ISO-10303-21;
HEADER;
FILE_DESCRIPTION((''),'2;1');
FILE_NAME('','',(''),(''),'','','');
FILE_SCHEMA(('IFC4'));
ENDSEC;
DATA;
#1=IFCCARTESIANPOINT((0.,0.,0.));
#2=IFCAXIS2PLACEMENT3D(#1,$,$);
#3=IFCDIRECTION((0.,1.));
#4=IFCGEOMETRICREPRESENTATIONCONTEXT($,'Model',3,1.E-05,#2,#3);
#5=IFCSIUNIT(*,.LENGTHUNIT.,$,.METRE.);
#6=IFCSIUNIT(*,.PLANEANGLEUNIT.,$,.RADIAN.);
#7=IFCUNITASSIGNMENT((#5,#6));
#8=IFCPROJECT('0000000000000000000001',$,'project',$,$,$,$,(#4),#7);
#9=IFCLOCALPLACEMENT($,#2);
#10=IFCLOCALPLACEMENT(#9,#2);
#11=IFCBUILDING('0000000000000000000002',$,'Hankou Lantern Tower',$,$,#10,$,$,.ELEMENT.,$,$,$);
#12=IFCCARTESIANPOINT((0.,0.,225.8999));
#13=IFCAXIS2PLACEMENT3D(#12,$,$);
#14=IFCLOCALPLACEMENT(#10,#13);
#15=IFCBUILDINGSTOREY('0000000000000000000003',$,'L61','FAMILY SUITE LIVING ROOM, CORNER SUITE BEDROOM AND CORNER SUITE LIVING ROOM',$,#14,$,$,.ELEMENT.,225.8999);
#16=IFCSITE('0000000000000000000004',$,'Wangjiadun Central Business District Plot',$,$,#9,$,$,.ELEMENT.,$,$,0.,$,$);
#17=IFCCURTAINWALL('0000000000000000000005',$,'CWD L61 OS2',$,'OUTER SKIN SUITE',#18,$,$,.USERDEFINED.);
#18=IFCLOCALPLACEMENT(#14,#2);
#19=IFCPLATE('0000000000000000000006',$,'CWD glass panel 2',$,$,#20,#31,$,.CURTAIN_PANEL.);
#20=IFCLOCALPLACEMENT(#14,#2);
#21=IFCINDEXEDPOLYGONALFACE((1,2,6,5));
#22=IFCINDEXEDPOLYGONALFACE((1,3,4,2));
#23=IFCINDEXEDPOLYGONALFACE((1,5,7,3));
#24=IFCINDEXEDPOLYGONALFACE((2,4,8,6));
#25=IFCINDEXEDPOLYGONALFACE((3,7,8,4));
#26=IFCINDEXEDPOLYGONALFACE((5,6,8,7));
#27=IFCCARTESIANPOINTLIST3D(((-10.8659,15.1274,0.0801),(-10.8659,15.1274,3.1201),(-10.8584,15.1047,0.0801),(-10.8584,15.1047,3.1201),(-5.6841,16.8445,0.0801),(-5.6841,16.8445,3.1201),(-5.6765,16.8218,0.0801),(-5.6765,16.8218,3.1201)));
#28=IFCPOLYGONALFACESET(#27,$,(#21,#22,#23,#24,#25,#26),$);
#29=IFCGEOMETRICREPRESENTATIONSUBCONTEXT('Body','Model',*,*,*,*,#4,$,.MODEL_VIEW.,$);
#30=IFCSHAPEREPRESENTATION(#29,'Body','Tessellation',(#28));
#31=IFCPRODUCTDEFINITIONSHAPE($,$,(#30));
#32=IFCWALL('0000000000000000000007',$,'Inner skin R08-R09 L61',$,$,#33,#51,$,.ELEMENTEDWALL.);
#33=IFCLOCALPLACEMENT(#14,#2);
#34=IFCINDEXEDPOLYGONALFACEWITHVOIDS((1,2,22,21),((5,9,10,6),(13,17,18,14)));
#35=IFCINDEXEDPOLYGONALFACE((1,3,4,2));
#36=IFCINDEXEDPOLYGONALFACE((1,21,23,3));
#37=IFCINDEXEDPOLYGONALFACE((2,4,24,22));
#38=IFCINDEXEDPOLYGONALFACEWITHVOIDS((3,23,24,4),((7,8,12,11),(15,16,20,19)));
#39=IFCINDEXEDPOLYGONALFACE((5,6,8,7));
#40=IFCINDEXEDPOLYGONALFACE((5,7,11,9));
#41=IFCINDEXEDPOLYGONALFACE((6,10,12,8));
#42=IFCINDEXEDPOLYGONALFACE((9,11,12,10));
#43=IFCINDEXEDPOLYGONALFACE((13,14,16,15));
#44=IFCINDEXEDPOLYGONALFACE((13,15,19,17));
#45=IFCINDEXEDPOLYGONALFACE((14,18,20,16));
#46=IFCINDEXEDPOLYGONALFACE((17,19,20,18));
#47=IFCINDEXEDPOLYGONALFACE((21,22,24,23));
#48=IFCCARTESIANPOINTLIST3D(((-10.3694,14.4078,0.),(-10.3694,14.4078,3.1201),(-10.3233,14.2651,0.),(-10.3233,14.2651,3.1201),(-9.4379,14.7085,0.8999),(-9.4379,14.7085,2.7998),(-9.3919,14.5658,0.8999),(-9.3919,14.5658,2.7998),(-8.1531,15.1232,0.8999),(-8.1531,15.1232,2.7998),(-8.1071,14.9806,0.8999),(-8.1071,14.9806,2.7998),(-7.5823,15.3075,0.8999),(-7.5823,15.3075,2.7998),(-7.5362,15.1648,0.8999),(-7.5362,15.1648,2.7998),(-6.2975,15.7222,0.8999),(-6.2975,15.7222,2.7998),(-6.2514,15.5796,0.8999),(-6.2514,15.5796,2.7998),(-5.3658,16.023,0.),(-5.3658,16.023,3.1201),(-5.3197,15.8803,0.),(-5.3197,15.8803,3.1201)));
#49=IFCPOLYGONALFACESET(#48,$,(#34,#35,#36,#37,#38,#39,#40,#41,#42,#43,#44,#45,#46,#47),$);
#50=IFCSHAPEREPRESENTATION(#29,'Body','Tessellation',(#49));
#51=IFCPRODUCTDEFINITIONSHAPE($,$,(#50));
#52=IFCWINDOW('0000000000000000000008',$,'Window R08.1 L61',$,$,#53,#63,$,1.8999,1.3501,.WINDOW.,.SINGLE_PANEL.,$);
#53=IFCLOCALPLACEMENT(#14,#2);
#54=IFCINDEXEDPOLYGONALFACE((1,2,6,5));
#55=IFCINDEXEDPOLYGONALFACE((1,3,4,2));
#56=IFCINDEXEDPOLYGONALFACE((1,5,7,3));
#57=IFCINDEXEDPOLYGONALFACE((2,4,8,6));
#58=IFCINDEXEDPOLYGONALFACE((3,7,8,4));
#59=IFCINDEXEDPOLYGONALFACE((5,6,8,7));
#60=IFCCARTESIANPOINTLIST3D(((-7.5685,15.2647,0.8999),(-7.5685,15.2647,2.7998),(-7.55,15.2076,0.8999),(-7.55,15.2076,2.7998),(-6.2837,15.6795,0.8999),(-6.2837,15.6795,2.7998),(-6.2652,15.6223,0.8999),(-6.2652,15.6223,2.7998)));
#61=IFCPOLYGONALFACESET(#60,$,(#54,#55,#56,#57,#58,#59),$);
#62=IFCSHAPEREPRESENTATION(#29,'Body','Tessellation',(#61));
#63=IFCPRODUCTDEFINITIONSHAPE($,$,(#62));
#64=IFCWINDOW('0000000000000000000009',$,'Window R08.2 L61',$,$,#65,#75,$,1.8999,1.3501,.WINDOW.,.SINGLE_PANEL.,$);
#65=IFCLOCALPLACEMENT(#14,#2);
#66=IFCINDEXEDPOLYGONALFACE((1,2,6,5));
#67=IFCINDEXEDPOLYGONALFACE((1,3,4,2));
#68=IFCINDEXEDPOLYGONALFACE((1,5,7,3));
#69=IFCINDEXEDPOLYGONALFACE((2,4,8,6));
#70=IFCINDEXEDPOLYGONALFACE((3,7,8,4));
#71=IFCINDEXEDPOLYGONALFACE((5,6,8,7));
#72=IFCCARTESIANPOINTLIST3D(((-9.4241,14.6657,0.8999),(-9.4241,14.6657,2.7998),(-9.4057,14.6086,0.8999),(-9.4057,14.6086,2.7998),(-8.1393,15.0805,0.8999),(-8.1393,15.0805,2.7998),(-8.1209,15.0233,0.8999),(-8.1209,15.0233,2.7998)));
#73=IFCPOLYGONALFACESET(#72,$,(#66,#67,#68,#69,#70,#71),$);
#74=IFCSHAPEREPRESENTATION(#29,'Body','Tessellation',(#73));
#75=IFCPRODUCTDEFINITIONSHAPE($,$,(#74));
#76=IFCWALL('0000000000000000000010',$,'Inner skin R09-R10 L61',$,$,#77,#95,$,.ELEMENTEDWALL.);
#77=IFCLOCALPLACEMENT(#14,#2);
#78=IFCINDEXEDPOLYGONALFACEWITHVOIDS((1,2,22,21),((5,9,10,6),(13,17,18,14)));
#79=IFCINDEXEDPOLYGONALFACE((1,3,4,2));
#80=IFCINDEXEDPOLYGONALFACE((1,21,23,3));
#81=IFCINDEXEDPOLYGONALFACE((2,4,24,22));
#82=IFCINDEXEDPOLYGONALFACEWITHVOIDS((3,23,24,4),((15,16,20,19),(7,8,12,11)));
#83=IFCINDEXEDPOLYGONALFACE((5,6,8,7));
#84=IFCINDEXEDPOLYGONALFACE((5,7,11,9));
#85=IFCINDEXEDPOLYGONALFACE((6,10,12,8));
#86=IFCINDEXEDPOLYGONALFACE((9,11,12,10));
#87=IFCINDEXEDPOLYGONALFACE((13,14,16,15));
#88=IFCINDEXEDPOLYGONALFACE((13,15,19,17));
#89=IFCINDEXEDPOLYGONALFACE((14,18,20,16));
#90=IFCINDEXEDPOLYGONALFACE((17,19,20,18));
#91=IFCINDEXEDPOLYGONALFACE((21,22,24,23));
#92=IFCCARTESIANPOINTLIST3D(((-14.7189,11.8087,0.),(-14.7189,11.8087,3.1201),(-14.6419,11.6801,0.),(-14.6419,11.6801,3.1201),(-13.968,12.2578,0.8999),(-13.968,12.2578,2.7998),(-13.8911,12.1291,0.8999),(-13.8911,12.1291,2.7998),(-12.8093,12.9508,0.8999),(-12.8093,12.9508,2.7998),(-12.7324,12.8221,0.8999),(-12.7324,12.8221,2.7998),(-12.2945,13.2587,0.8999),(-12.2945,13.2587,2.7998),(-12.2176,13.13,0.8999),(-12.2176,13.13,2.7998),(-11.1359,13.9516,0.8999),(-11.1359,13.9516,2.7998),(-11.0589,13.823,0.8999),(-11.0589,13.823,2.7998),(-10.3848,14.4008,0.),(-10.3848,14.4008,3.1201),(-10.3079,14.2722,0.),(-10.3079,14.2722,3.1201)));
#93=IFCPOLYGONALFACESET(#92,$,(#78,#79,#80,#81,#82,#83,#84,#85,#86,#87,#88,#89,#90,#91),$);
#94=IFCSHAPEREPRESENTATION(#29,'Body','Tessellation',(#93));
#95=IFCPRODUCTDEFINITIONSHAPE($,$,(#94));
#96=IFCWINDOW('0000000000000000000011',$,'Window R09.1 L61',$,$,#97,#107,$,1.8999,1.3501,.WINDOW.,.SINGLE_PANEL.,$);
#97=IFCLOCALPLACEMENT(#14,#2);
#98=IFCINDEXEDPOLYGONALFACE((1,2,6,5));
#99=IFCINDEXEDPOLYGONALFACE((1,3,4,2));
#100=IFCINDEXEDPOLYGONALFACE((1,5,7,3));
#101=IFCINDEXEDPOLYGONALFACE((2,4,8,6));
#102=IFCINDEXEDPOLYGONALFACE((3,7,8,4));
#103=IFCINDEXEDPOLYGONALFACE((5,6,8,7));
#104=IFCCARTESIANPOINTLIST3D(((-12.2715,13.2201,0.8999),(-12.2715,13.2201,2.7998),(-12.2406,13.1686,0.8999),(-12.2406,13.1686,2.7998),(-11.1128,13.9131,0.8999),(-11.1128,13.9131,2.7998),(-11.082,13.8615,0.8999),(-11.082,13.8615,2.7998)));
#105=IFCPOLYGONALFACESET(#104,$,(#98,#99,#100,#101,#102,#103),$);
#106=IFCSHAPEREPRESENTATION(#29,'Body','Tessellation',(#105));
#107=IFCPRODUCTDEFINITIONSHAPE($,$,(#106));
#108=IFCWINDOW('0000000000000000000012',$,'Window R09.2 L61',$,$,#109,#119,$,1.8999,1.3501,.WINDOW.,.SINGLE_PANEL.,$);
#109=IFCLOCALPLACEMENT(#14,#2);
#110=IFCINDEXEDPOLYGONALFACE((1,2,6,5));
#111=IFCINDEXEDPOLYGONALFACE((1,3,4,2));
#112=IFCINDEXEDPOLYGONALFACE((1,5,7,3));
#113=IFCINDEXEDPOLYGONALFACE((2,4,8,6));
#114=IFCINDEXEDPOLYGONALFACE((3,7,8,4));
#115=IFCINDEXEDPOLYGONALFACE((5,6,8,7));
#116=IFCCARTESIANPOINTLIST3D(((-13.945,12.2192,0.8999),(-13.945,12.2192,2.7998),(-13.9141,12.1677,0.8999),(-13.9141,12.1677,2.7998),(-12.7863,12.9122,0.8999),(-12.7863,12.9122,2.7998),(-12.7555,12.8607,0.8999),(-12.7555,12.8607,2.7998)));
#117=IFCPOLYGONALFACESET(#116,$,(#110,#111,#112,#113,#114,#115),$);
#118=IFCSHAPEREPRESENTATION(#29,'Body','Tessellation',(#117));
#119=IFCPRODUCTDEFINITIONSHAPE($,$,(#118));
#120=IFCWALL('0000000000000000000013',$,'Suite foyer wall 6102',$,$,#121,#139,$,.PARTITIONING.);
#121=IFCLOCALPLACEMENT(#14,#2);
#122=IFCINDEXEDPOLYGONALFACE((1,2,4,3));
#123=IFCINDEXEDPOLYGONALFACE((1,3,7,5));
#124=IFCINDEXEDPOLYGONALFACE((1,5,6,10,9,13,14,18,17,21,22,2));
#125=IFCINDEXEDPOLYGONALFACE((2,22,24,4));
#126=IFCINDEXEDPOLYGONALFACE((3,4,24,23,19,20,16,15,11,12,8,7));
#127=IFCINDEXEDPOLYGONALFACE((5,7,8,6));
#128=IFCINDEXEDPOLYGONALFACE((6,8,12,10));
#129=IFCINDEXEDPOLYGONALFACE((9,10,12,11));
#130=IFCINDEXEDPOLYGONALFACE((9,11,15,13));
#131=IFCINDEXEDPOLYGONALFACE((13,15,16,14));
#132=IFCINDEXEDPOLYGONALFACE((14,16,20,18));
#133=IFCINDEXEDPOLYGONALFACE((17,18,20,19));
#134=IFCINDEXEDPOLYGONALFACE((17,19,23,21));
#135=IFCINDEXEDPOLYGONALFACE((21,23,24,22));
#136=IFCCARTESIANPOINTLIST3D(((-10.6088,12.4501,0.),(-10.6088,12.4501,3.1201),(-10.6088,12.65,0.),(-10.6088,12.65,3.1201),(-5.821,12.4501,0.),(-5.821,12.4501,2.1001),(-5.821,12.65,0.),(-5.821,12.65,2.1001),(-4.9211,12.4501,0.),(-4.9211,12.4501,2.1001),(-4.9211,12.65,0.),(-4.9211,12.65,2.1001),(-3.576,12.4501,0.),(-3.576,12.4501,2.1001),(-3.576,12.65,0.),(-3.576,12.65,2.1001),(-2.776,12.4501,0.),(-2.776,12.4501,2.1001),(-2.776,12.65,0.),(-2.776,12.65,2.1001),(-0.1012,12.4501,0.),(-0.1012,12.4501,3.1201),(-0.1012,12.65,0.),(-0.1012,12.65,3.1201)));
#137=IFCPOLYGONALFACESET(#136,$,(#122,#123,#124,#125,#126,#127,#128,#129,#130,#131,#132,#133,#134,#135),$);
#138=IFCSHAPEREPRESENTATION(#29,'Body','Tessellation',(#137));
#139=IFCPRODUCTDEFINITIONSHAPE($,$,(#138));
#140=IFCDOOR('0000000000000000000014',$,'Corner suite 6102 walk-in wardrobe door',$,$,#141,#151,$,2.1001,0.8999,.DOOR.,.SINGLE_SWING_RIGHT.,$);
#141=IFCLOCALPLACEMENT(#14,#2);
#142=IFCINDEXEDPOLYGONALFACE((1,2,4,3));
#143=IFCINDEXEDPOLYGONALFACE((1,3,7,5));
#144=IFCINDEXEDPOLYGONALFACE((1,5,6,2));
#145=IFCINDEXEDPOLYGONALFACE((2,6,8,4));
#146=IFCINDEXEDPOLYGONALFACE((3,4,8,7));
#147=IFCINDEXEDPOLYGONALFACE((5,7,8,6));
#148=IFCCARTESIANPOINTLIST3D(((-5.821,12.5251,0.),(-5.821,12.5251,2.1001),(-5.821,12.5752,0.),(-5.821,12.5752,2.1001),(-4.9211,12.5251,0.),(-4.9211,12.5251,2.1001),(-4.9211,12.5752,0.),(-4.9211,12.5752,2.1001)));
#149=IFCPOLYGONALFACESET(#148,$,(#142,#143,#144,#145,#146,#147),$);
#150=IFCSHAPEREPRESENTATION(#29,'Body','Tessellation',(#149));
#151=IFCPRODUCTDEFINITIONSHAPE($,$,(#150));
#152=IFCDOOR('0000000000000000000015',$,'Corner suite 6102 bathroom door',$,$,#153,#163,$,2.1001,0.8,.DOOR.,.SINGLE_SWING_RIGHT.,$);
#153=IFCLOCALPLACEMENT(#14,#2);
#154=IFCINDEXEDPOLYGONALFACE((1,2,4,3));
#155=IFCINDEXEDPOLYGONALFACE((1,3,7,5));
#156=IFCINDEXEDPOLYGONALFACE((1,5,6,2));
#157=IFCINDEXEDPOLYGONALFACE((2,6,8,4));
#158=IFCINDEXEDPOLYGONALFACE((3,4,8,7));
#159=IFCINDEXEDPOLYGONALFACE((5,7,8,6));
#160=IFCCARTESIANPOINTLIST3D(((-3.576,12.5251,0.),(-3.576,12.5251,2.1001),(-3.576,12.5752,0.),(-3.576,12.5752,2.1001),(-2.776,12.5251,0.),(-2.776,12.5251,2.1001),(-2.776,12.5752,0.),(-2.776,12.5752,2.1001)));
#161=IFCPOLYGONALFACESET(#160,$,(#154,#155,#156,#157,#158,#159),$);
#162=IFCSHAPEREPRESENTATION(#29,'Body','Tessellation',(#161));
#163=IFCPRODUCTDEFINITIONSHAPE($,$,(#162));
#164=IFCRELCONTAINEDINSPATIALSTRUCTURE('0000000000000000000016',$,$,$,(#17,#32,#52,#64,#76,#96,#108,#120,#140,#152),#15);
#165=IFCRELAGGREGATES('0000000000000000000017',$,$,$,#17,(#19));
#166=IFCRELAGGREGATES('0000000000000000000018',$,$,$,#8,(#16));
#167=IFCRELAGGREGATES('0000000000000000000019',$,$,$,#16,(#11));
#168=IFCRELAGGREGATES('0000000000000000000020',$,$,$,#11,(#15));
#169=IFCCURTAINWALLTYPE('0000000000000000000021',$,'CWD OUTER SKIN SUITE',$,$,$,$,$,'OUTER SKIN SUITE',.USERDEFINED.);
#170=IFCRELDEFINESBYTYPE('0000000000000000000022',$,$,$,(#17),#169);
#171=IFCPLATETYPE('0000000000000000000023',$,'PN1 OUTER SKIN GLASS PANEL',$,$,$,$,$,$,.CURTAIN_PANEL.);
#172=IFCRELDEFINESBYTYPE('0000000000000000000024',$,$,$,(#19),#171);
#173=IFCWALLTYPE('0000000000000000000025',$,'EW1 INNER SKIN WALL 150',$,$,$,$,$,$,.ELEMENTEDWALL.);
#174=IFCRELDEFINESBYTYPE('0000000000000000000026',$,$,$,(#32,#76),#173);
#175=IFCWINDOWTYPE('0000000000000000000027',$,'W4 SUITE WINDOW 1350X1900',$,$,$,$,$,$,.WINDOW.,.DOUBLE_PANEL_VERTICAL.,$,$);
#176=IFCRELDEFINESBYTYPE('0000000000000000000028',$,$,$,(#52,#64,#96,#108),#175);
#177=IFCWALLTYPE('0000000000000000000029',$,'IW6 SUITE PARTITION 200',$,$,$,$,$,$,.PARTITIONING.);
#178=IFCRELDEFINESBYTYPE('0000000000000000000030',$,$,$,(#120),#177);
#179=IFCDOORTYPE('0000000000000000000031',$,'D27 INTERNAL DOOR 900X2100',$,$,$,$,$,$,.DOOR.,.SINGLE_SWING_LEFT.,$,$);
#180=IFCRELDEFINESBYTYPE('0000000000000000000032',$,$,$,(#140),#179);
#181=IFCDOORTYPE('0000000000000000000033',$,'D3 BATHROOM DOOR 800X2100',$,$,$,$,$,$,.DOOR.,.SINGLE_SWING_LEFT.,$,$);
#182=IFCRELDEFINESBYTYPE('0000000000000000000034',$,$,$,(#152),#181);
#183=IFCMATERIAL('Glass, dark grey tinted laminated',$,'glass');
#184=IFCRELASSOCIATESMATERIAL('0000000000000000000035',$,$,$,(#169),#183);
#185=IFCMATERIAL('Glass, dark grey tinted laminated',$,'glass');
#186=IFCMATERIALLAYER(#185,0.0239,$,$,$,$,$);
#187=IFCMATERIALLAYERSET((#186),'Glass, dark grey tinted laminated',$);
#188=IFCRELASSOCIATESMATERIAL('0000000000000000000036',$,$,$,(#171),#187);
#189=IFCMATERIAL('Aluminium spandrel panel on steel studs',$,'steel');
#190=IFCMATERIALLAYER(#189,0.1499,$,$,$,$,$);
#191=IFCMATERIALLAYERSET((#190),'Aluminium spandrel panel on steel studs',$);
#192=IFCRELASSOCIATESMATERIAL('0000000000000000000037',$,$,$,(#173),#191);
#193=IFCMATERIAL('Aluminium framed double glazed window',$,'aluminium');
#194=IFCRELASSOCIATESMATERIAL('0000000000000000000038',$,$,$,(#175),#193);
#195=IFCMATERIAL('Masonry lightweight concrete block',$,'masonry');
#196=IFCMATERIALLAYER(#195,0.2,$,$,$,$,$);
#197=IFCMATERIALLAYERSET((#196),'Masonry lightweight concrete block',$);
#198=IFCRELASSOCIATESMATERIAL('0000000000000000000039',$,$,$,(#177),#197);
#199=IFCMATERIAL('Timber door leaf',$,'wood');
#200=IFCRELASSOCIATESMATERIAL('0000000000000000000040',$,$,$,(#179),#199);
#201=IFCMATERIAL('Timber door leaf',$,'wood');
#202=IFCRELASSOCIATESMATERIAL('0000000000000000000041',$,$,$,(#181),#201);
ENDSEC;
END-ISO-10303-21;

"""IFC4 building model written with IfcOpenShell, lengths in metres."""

from ifc_helpers import new_model, si_unit, direction, frame, frame_2d, origin, origin_2d, place, context, subcontext, project, spatial, rectangle, extrude, material, layer, layer_set, type_object, element, fill, aggregate, save


model = new_model("IFC4")

# Units and contexts
model_context = context("Model", 3, precision=1e-05, world=origin(), true_north=direction((0.0, 1.0)))
body_context = subcontext(model_context, "Body", "Model", "MODEL_VIEW")
ifc_project = project(units=[si_unit("LENGTHUNIT", "METRE"), si_unit("PLANEANGLEUNIT", "RADIAN")], contexts=[model_context])

# Site, building, storey
site_placement = place(None, origin())
site = spatial("IfcSite", under=ifc_project, at=site_placement, Name="Wangjiadun Central Business District Plot", CompositionType="ELEMENT", RefElevation=0.0)
building_placement = place(site_placement, origin())
building = spatial("IfcBuilding", under=site, at=building_placement, Name="Hankou Lantern Tower", CompositionType="ELEMENT")
storey_placement = place(building_placement, frame((0.0, 0.0, 225.8999)))
storey = spatial("IfcBuildingStorey", under=building, at=storey_placement, Name="L61", Description="FAMILY SUITE LIVING ROOM, CORNER SUITE BEDROOM AND CORNER SUITE LIVING ROOM", CompositionType="ELEMENT", Elevation=225.8999)

# Curtain wall
ifc_material_1 = material(Name="Glass, dark grey tinted laminated", Category="glass")
curtain_wall_type = type_object("IfcCurtainWallType", Name="CWD OUTER SKIN SUITE", ElementType="OUTER SKIN SUITE", PredefinedType="USERDEFINED", material=ifc_material_1)
curtain_wall_placement = place(storey_placement, origin())
curtain_wall = element("IfcCurtainWall", 1, at=curtain_wall_placement, inside=storey, type_object=curtain_wall_type, Name="CWD L61 OS2", ObjectType="OUTER SKIN SUITE", PredefinedType="USERDEFINED")

# Plate
ifc_material_2 = material(Name="Glass, dark grey tinted laminated", Category="glass")
ifc_layer_1 = layer(ifc_material_2, 0.0239)
ifc_layer_set_1 = layer_set([ifc_layer_1], Name="Glass, dark grey tinted laminated")
plate_type = type_object("IfcPlateType", Name="PN1 OUTER SKIN GLASS PANEL", PredefinedType="CURTAIN_PANEL", material=ifc_layer_set_1)
plate_1_placement = place(storey_placement, frame((-8.2712, 15.9746, 0.0801), z_axis=(0.0, 0.0, 1.0), x_axis=(-0.949241, -0.314551, 0.0)))
plate_1 = element("IfcPlate", 2, at=plate_1_placement, type_object=plate_type, Name="CWD glass panel 2", PredefinedType="CURTAIN_PANEL", context=body_context, shape_type="SweptSolid", body=[
    extrude(rectangle(XDim=5.459, YDim=0.0239, at=origin_2d()), origin(), (0.0, 0.0, 1.0), 3.04),
])
aggregate(curtain_wall, [plate_1])

# Walls, openings, windows
ifc_material_3 = material(Name="Aluminium spandrel panel on steel studs", Category="steel")
ifc_layer_2 = layer(ifc_material_3, 0.1499)
ifc_layer_set_2 = layer_set([ifc_layer_2], Name="Aluminium spandrel panel on steel studs")
wall_type_1 = type_object("IfcWallType", Name="EW1 INNER SKIN WALL 150", PredefinedType="ELEMENTEDWALL", material=ifc_layer_set_2)
wall_1_placement = place(storey_placement, frame((-5.3428, 15.9517, 0.0), z_axis=(0.0, 0.0, 1.0), x_axis=(-0.951645, -0.307201, 0.0)))
wall_1 = element("IfcWall", 3, at=wall_1_placement, inside=storey, type_object=wall_type_1, Name="Inner skin R08-R09 L61", PredefinedType="ELEMENTEDWALL", context=body_context, shape_type="SweptSolid", body=[
    extrude(rectangle(XDim=5.2578, YDim=0.1499, at=frame_2d((2.6289, 0.0))), origin(), (0.0, 0.0, 1.0), 3.1201),
])
opening_1_placement = place(wall_1_placement, frame((0.979, 0.0, 0.8999)))
opening_1 = element("IfcOpeningElement", 4, at=opening_1_placement, cuts=wall_1, PredefinedType="OPENING", context=body_context, shape_type="SweptSolid", body=[
    extrude(rectangle(XDim=1.3501, YDim=1.8999, at=frame_2d((0.675, 0.95))), frame((0.0, 0.085, 0.0), z_axis=(0.0, -1.0, 0.0), x_axis=(1.0, 0.0, 0.0)), (0.0, 0.0, 1.0), 0.1699),
])
opening_2_placement = place(wall_1_placement, frame((2.929, 0.0, 0.8999)))
opening_2 = element("IfcOpeningElement", 5, at=opening_2_placement, cuts=wall_1, PredefinedType="OPENING", context=body_context, shape_type="SweptSolid", body=[
    extrude(rectangle(XDim=1.3501, YDim=1.8999, at=frame_2d((0.675, 0.95))), frame((0.0, 0.085, 0.0), z_axis=(0.0, -1.0, 0.0), x_axis=(1.0, 0.0, 0.0)), (0.0, 0.0, 1.0), 0.1699),
])
ifc_material_4 = material(Name="Aluminium framed double glazed window", Category="aluminium")
window_type = type_object("IfcWindowType", Name="W4 SUITE WINDOW 1350X1900", PartitioningType="DOUBLE_PANEL_VERTICAL", PredefinedType="WINDOW", material=ifc_material_4)
window_1_placement = place(opening_1_placement, origin())
window_1 = element("IfcWindow", 6, at=window_1_placement, inside=storey, type_object=window_type, Name="Window R08.1 L61", OverallHeight=1.8999, OverallWidth=1.3501, PartitioningType="SINGLE_PANEL", PredefinedType="WINDOW", context=body_context, shape_type="SweptSolid", body=[
    extrude(rectangle(XDim=1.3501, YDim=1.8999, at=frame_2d((0.675, 0.95))), frame((0.0, 0.03, 0.0), z_axis=(0.0, -1.0, 0.0), x_axis=(1.0, 0.0, 0.0)), (0.0, 0.0, 1.0), 0.0601),
])
fill(opening_1, window_1)
window_2_placement = place(opening_2_placement, origin())
window_2 = element("IfcWindow", 7, at=window_2_placement, inside=storey, type_object=window_type, Name="Window R08.2 L61", OverallHeight=1.8999, OverallWidth=1.3501, PartitioningType="SINGLE_PANEL", PredefinedType="WINDOW", context=body_context, shape_type="SweptSolid", body=[
    extrude(rectangle(XDim=1.3501, YDim=1.8999, at=frame_2d((0.675, 0.95))), frame((0.0, 0.03, 0.0), z_axis=(0.0, -1.0, 0.0), x_axis=(1.0, 0.0, 0.0)), (0.0, 0.0, 1.0), 0.0601),
])
fill(opening_2, window_2)
wall_2_placement = place(storey_placement, frame((-10.3464, 14.3364, 0.0), z_axis=(0.0, 0.0, 1.0), x_axis=(-0.858222, -0.51328, 0.0)))
wall_2 = element("IfcWall", 8, at=wall_2_placement, inside=storey, type_object=wall_type_1, Name="Inner skin R09-R10 L61", PredefinedType="ELEMENTEDWALL", context=body_context, shape_type="SweptSolid", body=[
    extrude(rectangle(XDim=5.05, YDim=0.1499, at=frame_2d((2.5249, 0.0))), origin(), (0.0, 0.0, 1.0), 3.1201),
])
opening_3_placement = place(wall_2_placement, frame((0.875, 0.0, 0.8999)))
opening_3 = element("IfcOpeningElement", 9, at=opening_3_placement, cuts=wall_2, PredefinedType="OPENING", context=body_context, shape_type="SweptSolid", body=[
    extrude(rectangle(XDim=1.3501, YDim=1.8999, at=frame_2d((0.675, 0.95))), frame((0.0, 0.085, 0.0), z_axis=(0.0, -1.0, 0.0), x_axis=(1.0, 0.0, 0.0)), (0.0, 0.0, 1.0), 0.1699),
])
opening_4_placement = place(wall_2_placement, frame((2.825, 0.0, 0.8999)))
opening_4 = element("IfcOpeningElement", 10, at=opening_4_placement, cuts=wall_2, PredefinedType="OPENING", context=body_context, shape_type="SweptSolid", body=[
    extrude(rectangle(XDim=1.3501, YDim=1.8999, at=frame_2d((0.675, 0.95))), frame((0.0, 0.085, 0.0), z_axis=(0.0, -1.0, 0.0), x_axis=(1.0, 0.0, 0.0)), (0.0, 0.0, 1.0), 0.1699),
])
window_3_placement = place(opening_3_placement, origin())
window_3 = element("IfcWindow", 11, at=window_3_placement, inside=storey, type_object=window_type, Name="Window R09.1 L61", OverallHeight=1.8999, OverallWidth=1.3501, PartitioningType="SINGLE_PANEL", PredefinedType="WINDOW", context=body_context, shape_type="SweptSolid", body=[
    extrude(rectangle(XDim=1.3501, YDim=1.8999, at=frame_2d((0.675, 0.95))), frame((0.0, 0.03, 0.0), z_axis=(0.0, -1.0, 0.0), x_axis=(1.0, 0.0, 0.0)), (0.0, 0.0, 1.0), 0.0601),
])
fill(opening_3, window_3)
window_4_placement = place(opening_4_placement, origin())
window_4 = element("IfcWindow", 12, at=window_4_placement, inside=storey, type_object=window_type, Name="Window R09.2 L61", OverallHeight=1.8999, OverallWidth=1.3501, PartitioningType="SINGLE_PANEL", PredefinedType="WINDOW", context=body_context, shape_type="SweptSolid", body=[
    extrude(rectangle(XDim=1.3501, YDim=1.8999, at=frame_2d((0.675, 0.95))), frame((0.0, 0.03, 0.0), z_axis=(0.0, -1.0, 0.0), x_axis=(1.0, 0.0, 0.0)), (0.0, 0.0, 1.0), 0.0601),
])
fill(opening_4, window_4)

# Wall, openings, doors
ifc_material_5 = material(Name="Masonry lightweight concrete block", Category="masonry")
ifc_layer_3 = layer(ifc_material_5, 0.2)
ifc_layer_set_3 = layer_set([ifc_layer_3], Name="Masonry lightweight concrete block")
wall_type_2 = type_object("IfcWallType", Name="IW6 SUITE PARTITION 200", PredefinedType="PARTITIONING", material=ifc_layer_set_3)
wall_3_placement = place(storey_placement, frame((-0.1011, 12.55, 0.0), z_axis=(0.0, 0.0, 1.0), x_axis=(-1.0, 0.0, 0.0)))
wall_3 = element("IfcWall", 13, at=wall_3_placement, inside=storey, type_object=wall_type_2, Name="Suite foyer wall 6102", PredefinedType="PARTITIONING", context=body_context, shape_type="SweptSolid", body=[
    extrude(rectangle(XDim=10.5076, YDim=0.2, at=frame_2d((5.2539, 0.0))), origin(), (0.0, 0.0, 1.0), 3.1201),
])
opening_5_placement = place(wall_3_placement, frame((2.675, 0.0, 0.0)))
opening_5 = element("IfcOpeningElement", 14, at=opening_5_placement, cuts=wall_3, PredefinedType="OPENING", context=body_context, shape_type="SweptSolid", body=[
    extrude(rectangle(XDim=0.8, YDim=2.1001, at=frame_2d((0.3999, 1.05))), frame((0.0, 0.1099, 0.0), z_axis=(0.0, -1.0, 0.0), x_axis=(1.0, 0.0, 0.0)), (0.0, 0.0, 1.0), 0.22),
])
opening_6_placement = place(wall_3_placement, frame((4.8201, 0.0, 0.0)))
opening_6 = element("IfcOpeningElement", 15, at=opening_6_placement, cuts=wall_3, PredefinedType="OPENING", context=body_context, shape_type="SweptSolid", body=[
    extrude(rectangle(XDim=0.8999, YDim=2.1001, at=frame_2d((0.45, 1.05))), frame((0.0, 0.1099, 0.0), z_axis=(0.0, -1.0, 0.0), x_axis=(1.0, 0.0, 0.0)), (0.0, 0.0, 1.0), 0.22),
])
ifc_material_6 = material(Name="Timber door leaf", Category="wood")
door_type_1 = type_object("IfcDoorType", Name="D27 INTERNAL DOOR 900X2100", OperationType="SINGLE_SWING_LEFT", PredefinedType="DOOR", material=ifc_material_6)
door_1_placement = place(opening_6_placement, origin())
door_1 = element("IfcDoor", 16, at=door_1_placement, inside=storey, type_object=door_type_1, Name="Corner suite 6102 walk-in wardrobe door", OperationType="SINGLE_SWING_RIGHT", OverallHeight=2.1001, OverallWidth=0.8999, PredefinedType="DOOR", context=body_context, shape_type="SweptSolid", body=[
    extrude(rectangle(XDim=0.8999, YDim=2.1001, at=frame_2d((0.45, 1.05))), frame((0.0, 0.0249, 0.0), z_axis=(0.0, -1.0, 0.0), x_axis=(1.0, 0.0, 0.0)), (0.0, 0.0, 1.0), 0.05),
])
fill(opening_6, door_1)
ifc_material_7 = material(Name="Timber door leaf", Category="wood")
door_type_2 = type_object("IfcDoorType", Name="D3 BATHROOM DOOR 800X2100", OperationType="SINGLE_SWING_LEFT", PredefinedType="DOOR", material=ifc_material_7)
door_2_placement = place(opening_5_placement, origin())
door_2 = element("IfcDoor", 17, at=door_2_placement, inside=storey, type_object=door_type_2, Name="Corner suite 6102 bathroom door", OperationType="SINGLE_SWING_RIGHT", OverallHeight=2.1001, OverallWidth=0.8, PredefinedType="DOOR", context=body_context, shape_type="SweptSolid", body=[
    extrude(rectangle(XDim=0.8, YDim=2.1001, at=frame_2d((0.3999, 1.05))), frame((0.0, 0.0249, 0.0), z_axis=(0.0, -1.0, 0.0), x_axis=(1.0, 0.0, 0.0)), (0.0, 0.0, 1.0), 0.05),
])
fill(opening_5, door_2)

save(model, "model.ifc")
